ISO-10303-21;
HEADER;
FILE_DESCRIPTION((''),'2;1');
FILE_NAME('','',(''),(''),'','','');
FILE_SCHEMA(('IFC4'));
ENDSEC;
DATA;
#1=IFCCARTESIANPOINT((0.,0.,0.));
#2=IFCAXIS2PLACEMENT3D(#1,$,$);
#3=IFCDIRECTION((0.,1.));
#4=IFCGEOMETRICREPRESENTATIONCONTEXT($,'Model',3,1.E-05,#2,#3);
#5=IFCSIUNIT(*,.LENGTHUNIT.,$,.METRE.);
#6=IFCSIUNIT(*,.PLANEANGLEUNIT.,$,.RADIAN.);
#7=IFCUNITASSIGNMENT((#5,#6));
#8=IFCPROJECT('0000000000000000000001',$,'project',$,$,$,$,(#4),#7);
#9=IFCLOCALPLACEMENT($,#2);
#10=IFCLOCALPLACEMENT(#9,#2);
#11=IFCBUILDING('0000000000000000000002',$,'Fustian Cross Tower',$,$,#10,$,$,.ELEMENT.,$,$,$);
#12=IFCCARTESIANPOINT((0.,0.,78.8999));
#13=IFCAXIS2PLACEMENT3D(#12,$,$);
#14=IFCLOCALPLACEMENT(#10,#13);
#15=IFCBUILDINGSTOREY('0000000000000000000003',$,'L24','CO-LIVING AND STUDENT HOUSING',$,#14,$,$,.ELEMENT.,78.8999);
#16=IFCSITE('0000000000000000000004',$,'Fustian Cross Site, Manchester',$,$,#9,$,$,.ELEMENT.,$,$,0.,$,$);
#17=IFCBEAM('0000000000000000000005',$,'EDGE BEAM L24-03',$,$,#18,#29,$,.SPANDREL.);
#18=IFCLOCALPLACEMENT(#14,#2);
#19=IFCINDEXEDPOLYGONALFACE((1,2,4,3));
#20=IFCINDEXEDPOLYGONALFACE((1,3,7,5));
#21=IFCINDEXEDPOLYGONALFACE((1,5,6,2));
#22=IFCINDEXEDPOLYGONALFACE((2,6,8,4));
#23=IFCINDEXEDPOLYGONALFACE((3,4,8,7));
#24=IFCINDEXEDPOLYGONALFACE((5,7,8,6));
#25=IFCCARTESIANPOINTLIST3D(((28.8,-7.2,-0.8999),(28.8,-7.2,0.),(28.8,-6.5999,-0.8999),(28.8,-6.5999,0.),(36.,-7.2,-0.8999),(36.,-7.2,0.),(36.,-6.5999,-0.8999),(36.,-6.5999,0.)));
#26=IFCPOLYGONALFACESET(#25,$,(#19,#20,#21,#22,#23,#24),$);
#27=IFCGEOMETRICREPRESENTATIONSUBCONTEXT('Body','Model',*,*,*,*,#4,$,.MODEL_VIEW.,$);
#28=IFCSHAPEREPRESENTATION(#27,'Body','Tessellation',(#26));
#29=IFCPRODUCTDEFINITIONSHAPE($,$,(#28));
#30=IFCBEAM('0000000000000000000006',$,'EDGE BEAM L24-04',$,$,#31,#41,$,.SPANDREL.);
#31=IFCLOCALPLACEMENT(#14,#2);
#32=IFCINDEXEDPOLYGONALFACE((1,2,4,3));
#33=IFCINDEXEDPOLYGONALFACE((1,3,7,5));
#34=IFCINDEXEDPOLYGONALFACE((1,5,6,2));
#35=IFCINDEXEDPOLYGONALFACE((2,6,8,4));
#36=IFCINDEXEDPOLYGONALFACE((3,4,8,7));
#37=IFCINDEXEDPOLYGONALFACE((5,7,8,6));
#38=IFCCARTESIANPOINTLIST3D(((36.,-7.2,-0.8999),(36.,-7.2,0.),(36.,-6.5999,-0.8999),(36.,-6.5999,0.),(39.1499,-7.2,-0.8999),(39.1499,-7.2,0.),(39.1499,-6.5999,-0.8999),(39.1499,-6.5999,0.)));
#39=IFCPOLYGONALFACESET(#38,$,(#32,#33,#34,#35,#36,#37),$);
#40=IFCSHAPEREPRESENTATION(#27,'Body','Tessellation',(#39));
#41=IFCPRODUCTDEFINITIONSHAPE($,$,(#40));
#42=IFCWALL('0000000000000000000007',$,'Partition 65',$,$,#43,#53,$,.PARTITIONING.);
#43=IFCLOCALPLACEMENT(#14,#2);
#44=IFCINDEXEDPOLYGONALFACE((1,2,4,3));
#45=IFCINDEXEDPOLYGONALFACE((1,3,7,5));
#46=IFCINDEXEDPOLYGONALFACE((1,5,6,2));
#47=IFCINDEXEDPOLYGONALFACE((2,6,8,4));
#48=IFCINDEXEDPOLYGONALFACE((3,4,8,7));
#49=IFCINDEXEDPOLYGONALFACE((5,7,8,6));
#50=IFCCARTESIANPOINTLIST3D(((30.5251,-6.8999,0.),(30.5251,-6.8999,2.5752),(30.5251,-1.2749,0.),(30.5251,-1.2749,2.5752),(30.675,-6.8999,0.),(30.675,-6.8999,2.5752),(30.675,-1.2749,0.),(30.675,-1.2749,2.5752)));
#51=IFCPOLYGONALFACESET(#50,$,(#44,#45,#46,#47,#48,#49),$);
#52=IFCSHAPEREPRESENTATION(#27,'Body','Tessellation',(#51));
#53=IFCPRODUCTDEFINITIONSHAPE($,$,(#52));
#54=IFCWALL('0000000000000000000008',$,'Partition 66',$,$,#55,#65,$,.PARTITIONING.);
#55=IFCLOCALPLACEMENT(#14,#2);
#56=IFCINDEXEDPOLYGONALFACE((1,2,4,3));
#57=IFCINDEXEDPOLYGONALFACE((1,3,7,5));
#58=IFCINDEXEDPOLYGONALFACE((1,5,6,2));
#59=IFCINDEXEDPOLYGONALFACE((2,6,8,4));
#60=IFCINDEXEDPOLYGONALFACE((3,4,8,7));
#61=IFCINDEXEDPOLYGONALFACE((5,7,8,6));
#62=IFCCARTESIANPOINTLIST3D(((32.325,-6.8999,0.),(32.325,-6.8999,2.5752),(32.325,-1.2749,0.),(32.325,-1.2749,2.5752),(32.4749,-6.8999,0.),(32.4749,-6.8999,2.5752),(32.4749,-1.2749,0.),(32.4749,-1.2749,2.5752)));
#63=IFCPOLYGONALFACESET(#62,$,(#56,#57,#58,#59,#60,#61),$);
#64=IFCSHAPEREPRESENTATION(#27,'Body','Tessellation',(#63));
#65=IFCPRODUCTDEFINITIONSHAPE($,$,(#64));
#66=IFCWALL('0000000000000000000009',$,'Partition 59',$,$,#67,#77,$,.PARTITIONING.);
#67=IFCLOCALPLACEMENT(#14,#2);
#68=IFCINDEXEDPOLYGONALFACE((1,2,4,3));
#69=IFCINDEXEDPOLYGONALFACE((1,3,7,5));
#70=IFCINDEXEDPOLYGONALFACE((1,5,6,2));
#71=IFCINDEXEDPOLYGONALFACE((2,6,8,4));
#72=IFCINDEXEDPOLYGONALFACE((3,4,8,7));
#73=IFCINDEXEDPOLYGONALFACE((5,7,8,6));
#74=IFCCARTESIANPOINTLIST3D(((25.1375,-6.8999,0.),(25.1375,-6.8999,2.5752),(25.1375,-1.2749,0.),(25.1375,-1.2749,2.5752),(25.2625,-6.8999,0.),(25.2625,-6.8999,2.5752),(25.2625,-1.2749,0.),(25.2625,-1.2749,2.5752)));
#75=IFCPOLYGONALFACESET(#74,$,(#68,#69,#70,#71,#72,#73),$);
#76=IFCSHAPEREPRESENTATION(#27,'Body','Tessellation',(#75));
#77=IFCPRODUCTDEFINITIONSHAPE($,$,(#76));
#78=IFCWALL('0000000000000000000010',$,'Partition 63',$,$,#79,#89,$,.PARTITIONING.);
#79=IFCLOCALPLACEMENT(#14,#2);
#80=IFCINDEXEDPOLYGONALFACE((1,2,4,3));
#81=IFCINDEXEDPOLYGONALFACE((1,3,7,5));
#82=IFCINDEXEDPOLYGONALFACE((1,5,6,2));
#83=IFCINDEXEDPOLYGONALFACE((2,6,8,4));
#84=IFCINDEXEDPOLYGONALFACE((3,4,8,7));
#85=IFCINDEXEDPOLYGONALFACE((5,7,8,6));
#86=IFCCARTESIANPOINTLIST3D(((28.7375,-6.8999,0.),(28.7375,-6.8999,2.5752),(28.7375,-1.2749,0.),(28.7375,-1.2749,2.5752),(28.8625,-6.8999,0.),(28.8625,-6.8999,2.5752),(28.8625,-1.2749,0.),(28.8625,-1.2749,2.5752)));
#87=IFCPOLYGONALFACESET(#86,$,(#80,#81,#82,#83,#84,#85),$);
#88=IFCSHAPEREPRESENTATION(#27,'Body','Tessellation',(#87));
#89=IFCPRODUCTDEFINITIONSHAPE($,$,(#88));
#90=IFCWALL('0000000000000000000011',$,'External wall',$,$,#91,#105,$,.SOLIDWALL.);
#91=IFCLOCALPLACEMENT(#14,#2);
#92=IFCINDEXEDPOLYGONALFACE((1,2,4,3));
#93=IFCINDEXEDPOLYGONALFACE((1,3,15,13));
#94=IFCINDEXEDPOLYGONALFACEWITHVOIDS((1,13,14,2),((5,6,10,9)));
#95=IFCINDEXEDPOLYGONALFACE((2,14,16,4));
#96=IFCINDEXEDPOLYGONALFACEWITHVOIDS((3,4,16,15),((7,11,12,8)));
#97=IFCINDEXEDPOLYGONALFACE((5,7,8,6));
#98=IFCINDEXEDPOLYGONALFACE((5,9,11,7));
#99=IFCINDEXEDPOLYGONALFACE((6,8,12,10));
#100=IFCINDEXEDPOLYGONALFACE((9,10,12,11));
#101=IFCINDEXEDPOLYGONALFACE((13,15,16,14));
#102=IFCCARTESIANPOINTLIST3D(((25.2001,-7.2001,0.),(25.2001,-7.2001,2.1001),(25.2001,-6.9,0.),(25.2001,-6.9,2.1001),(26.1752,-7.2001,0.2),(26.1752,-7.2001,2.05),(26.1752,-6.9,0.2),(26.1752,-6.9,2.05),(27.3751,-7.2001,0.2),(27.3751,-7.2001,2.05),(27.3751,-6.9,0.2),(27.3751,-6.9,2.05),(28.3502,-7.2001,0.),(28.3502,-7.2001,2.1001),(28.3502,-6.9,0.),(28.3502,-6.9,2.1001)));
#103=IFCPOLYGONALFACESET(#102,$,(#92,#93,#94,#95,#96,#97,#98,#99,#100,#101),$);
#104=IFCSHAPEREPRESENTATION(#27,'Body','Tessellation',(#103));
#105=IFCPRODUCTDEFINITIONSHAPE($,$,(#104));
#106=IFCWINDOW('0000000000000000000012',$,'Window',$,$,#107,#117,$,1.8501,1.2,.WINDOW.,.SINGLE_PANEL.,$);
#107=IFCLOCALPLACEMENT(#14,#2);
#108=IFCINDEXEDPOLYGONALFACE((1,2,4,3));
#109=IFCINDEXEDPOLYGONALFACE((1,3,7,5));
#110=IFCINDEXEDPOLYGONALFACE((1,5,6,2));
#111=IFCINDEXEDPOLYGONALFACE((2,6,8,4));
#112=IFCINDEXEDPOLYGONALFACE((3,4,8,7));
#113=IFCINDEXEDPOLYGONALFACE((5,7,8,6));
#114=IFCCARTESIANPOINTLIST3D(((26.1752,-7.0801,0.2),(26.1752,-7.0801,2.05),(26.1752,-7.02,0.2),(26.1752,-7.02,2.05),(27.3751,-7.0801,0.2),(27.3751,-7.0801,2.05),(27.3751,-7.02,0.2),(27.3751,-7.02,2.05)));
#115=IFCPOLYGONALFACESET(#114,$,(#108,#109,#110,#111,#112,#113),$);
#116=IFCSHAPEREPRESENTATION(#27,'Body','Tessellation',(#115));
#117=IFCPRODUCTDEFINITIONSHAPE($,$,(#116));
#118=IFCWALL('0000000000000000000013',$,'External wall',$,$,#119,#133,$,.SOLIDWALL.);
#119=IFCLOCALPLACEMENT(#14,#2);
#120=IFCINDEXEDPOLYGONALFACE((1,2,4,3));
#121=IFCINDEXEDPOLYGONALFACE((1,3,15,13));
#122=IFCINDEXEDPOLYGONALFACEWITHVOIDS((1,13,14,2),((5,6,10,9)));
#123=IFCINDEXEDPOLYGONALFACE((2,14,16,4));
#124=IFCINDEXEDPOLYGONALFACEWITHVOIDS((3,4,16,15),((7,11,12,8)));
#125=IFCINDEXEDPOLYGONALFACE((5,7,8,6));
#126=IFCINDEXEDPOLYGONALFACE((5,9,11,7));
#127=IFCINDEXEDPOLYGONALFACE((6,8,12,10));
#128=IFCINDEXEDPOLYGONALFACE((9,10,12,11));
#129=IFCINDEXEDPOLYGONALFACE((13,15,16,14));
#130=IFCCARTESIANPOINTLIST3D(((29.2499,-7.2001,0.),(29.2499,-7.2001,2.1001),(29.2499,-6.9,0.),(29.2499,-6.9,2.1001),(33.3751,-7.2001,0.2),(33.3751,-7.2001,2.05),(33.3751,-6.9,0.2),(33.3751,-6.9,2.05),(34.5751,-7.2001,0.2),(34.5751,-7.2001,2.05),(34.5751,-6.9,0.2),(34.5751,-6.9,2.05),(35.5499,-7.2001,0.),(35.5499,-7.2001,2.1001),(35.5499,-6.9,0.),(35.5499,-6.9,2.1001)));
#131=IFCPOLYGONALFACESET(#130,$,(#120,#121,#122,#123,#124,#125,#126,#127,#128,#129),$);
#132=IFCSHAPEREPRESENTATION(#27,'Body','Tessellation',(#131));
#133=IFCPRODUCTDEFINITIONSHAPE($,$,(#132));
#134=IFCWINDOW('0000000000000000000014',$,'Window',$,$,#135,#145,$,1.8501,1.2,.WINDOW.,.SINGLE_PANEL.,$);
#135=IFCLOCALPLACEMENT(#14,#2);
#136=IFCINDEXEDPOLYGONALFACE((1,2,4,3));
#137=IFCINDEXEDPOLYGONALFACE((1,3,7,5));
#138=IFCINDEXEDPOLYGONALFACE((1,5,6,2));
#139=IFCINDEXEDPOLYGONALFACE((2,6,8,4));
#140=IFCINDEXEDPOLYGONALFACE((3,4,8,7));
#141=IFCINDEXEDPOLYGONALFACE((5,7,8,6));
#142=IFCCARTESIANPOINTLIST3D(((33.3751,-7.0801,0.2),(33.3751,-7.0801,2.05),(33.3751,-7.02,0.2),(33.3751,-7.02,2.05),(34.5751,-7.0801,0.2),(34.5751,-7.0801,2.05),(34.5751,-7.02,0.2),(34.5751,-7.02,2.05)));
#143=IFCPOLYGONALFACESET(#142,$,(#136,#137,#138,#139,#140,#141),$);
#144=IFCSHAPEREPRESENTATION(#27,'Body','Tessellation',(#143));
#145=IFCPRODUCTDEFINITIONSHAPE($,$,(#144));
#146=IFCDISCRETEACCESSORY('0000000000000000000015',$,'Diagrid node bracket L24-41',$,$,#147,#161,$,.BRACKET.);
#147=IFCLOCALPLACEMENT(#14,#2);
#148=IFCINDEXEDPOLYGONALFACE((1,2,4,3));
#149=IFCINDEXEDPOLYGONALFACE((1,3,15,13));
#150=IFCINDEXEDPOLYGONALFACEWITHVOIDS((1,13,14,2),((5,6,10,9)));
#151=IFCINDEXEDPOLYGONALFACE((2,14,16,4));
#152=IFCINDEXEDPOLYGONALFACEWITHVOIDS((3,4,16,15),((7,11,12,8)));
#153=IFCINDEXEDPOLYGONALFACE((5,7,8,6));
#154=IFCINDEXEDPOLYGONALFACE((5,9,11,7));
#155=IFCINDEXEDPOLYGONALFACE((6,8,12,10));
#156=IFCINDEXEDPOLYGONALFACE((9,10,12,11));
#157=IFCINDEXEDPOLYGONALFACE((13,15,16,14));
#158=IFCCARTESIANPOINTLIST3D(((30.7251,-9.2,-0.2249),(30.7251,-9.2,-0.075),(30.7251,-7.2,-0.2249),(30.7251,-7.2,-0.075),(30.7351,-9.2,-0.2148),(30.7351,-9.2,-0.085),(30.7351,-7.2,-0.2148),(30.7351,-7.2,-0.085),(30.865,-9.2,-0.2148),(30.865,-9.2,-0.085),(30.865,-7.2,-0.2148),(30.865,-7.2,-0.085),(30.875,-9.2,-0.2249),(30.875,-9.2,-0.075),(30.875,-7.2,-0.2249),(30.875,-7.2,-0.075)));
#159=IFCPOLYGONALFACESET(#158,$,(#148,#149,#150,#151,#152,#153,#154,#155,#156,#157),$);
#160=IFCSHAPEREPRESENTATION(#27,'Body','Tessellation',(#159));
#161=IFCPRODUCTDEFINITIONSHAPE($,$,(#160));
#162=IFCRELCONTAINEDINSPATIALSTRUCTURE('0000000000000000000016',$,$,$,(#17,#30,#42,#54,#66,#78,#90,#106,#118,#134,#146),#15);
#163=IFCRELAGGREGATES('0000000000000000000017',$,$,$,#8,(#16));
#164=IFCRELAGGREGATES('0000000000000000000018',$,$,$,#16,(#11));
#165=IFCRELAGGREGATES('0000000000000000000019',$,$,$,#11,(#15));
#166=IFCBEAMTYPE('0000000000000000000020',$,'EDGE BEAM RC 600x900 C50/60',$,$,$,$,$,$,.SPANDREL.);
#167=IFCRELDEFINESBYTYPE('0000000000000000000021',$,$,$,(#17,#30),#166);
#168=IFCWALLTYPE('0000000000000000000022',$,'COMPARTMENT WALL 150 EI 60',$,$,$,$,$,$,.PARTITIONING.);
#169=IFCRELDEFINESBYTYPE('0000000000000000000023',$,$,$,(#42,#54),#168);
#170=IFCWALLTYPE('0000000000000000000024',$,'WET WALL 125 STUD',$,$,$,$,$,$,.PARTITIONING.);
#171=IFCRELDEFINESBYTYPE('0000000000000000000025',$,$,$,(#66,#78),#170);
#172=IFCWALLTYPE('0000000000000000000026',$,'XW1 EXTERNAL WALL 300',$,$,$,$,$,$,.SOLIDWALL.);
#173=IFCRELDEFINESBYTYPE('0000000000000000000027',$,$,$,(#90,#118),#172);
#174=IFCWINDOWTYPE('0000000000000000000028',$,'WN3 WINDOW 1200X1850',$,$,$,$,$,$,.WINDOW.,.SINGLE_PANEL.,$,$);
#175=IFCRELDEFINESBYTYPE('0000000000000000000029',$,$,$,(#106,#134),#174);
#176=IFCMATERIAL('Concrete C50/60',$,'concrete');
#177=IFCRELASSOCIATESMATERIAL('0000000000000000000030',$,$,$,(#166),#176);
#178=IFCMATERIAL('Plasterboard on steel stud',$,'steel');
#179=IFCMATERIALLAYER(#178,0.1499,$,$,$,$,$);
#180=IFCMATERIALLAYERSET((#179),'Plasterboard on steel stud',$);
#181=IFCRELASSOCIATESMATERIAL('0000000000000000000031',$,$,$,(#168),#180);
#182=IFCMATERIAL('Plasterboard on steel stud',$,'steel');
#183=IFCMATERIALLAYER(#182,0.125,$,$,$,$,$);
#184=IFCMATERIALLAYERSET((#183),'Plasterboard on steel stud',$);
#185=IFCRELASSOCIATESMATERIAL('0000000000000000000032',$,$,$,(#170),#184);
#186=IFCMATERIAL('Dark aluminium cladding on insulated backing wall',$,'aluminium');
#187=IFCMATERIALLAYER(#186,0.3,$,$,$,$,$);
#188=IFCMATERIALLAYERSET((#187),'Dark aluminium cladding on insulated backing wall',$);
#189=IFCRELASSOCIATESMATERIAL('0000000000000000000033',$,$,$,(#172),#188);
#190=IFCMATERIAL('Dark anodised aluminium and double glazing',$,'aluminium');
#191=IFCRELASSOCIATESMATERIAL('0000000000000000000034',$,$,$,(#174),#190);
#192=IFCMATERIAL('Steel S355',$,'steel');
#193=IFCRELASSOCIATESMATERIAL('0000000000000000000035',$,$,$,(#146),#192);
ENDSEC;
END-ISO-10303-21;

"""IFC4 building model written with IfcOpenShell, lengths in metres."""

from ifc_helpers import new_model, si_unit, direction, frame, frame_2d, origin, origin_2d, place, context, subcontext, project, spatial, rectangle, hollow_rectangle, extrude, material, layer, layer_set, material_profile, profile_set, type_object, element, fill, save


model = new_model("IFC4")

# Units and contexts
model_context = context("Model", 3, precision=1e-05, world=origin(), true_north=direction((0.0, 1.0)))
body_context = subcontext(model_context, "Body", "Model", "MODEL_VIEW")
ifc_project = project(units=[si_unit("LENGTHUNIT", "METRE"), si_unit("PLANEANGLEUNIT", "RADIAN")], contexts=[model_context])

# Site, building, storey
site_placement = place(None, origin())
site = spatial("IfcSite", under=ifc_project, at=site_placement, Name="Fustian Cross Site, Manchester", CompositionType="ELEMENT", RefElevation=0.0)
building_placement = place(site_placement, origin())
building = spatial("IfcBuilding", under=site, at=building_placement, Name="Fustian Cross Tower", CompositionType="ELEMENT")
storey_placement = place(building_placement, frame((0.0, 0.0, 78.8999)))
storey = spatial("IfcBuildingStorey", under=building, at=storey_placement, Name="L24", Description="CO-LIVING AND STUDENT HOUSING", CompositionType="ELEMENT", Elevation=78.8999)

# Beams
ifc_material_1 = material(Name="Concrete C50/60", Category="concrete")
ifc_material_profile_1 = material_profile(ifc_material_1, rectangle(XDim=0.6001, YDim=0.8999, at=origin_2d()), Name="RC 600x900")
ifc_profile_set_1 = profile_set([ifc_material_profile_1], Name="Concrete C50/60")
beam_type = type_object("IfcBeamType", Name="EDGE BEAM RC 600x900 C50/60", PredefinedType="SPANDREL", material=ifc_profile_set_1)
beam_1_placement = place(storey_placement, frame((28.8, -6.8999, -0.45), z_axis=(1.0, 0.0, 0.0), x_axis=(0.0, 1.0, 0.0)))
element("IfcBeam", 1, at=beam_1_placement, inside=storey, type_object=beam_type, Name="EDGE BEAM L24-03", PredefinedType="SPANDREL", context=body_context, shape_type="SweptSolid", body=[
    extrude(rectangle(XDim=0.6001, YDim=0.8999, at=origin_2d()), origin(), (0.0, 0.0, 1.0), 7.2),
])
beam_2_placement = place(storey_placement, frame((36.0, -6.8999, -0.45), z_axis=(1.0, 0.0, 0.0), x_axis=(0.0, 1.0, 0.0)))
element("IfcBeam", 2, at=beam_2_placement, inside=storey, type_object=beam_type, Name="EDGE BEAM L24-04", PredefinedType="SPANDREL", context=body_context, shape_type="SweptSolid", body=[
    extrude(rectangle(XDim=0.6001, YDim=0.8999, at=origin_2d()), origin(), (0.0, 0.0, 1.0), 3.1499),
])

# Walls
ifc_material_2 = material(Name="Plasterboard on steel stud", Category="steel")
ifc_layer_1 = layer(ifc_material_2, 0.1499)
ifc_layer_set_1 = layer_set([ifc_layer_1], Name="Plasterboard on steel stud")
wall_type_1 = type_object("IfcWallType", Name="COMPARTMENT WALL 150 EI 60", PredefinedType="PARTITIONING", material=ifc_layer_set_1)
for number, where, z_axis, x_axis, name in (
    (3, (30.6001, -6.8999, 0.0), (0.0, 0.0, 1.0), (0.0, 1.0, 0.0), "Partition 65"),
    (4, (32.3999, -6.8999, 0.0), (0.0, 0.0, 1.0), (0.0, 1.0, 0.0), "Partition 66"),
):
    element("IfcWall", number, at=place(storey_placement, frame(where, z_axis=z_axis, x_axis=x_axis)), inside=storey, type_object=wall_type_1, Name=name, PredefinedType="PARTITIONING", context=body_context, shape_type="SweptSolid", body=[
        extrude(rectangle(XDim=5.625, YDim=0.1499, at=frame_2d((2.8125, 0.0))), origin(), (0.0, 0.0, 1.0), 2.5752),
    ])
ifc_material_3 = material(Name="Plasterboard on steel stud", Category="steel")
ifc_layer_2 = layer(ifc_material_3, 0.125)
ifc_layer_set_2 = layer_set([ifc_layer_2], Name="Plasterboard on steel stud")
wall_type_2 = type_object("IfcWallType", Name="WET WALL 125 STUD", PredefinedType="PARTITIONING", material=ifc_layer_set_2)
for number, where, z_axis, x_axis, name in (
    (5, (25.2, -6.8999, 0.0), (0.0, 0.0, 1.0), (0.0, 1.0, 0.0), "Partition 59"),
    (6, (28.8, -6.8999, 0.0), (0.0, 0.0, 1.0), (0.0, 1.0, 0.0), "Partition 63"),
):
    element("IfcWall", number, at=place(storey_placement, frame(where, z_axis=z_axis, x_axis=x_axis)), inside=storey, type_object=wall_type_2, Name=name, PredefinedType="PARTITIONING", context=body_context, shape_type="SweptSolid", body=[
        extrude(rectangle(XDim=5.625, YDim=0.125, at=frame_2d((2.8125, 0.0))), origin(), (0.0, 0.0, 1.0), 2.5752),
    ])

# Walls, openings, windows
ifc_material_4 = material(Name="Dark aluminium cladding on insulated backing wall", Category="aluminium")
ifc_layer_3 = layer(ifc_material_4, 0.3)
ifc_layer_set_3 = layer_set([ifc_layer_3], Name="Dark aluminium cladding on insulated backing wall")
wall_type_3 = type_object("IfcWallType", Name="XW1 EXTERNAL WALL 300", PredefinedType="SOLIDWALL", material=ifc_layer_set_3)
wall_1_placement = place(storey_placement, frame((25.2, -7.05, 0.0), z_axis=(0.0, 0.0, 1.0), x_axis=(1.0, 0.0, 0.0)))
wall_1 = element("IfcWall", 7, at=wall_1_placement, inside=storey, type_object=wall_type_3, Name="External wall", PredefinedType="SOLIDWALL", context=body_context, shape_type="SweptSolid", body=[
    extrude(rectangle(XDim=3.1501, YDim=0.3, at=frame_2d((1.5752, 0.0))), origin(), (0.0, 0.0, 1.0), 2.1001),
])
opening_1_placement = place(wall_1_placement, frame((0.9751, 0.0, 0.2)))
opening_1 = element("IfcOpeningElement", 8, at=opening_1_placement, cuts=wall_1, PredefinedType="OPENING", context=body_context, shape_type="SweptSolid", body=[
    extrude(rectangle(XDim=1.2, YDim=1.8501, at=frame_2d((0.6001, 0.925))), frame((0.0, 0.1599, 0.0), z_axis=(0.0, -1.0, 0.0), x_axis=(1.0, 0.0, 0.0)), (0.0, 0.0, 1.0), 0.3201),
])
ifc_material_5 = material(Name="Dark anodised aluminium and double glazing", Category="aluminium")
window_type = type_object("IfcWindowType", Name="WN3 WINDOW 1200X1850", PartitioningType="SINGLE_PANEL", PredefinedType="WINDOW", material=ifc_material_5)
window_1_placement = place(opening_1_placement, origin())
window_1 = element("IfcWindow", 9, at=window_1_placement, inside=storey, type_object=window_type, Name="Window", OverallHeight=1.8501, OverallWidth=1.2, PartitioningType="SINGLE_PANEL", PredefinedType="WINDOW", context=body_context, shape_type="SweptSolid", body=[
    extrude(rectangle(XDim=1.2, YDim=1.8501, at=frame_2d((0.6001, 0.925))), frame((0.0, 0.03, 0.0), z_axis=(0.0, -1.0, 0.0), x_axis=(1.0, 0.0, 0.0)), (0.0, 0.0, 1.0), 0.0601),
])
fill(opening_1, window_1)
wall_2_placement = place(storey_placement, frame((29.25, -7.05, 0.0), z_axis=(0.0, 0.0, 1.0), x_axis=(1.0, 0.0, 0.0)))
wall_2 = element("IfcWall", 10, at=wall_2_placement, inside=storey, type_object=wall_type_3, Name="External wall", PredefinedType="SOLIDWALL", context=body_context, shape_type="SweptSolid", body=[
    extrude(rectangle(XDim=6.3, YDim=0.3, at=frame_2d((3.1499, 0.0))), origin(), (0.0, 0.0, 1.0), 2.1001),
])
opening_2_placement = place(wall_2_placement, frame((4.125, 0.0, 0.2)))
opening_2 = element("IfcOpeningElement", 11, at=opening_2_placement, cuts=wall_2, PredefinedType="OPENING", context=body_context, shape_type="SweptSolid", body=[
    extrude(rectangle(XDim=1.2, YDim=1.8501, at=frame_2d((0.6001, 0.925))), frame((0.0, 0.1599, 0.0), z_axis=(0.0, -1.0, 0.0), x_axis=(1.0, 0.0, 0.0)), (0.0, 0.0, 1.0), 0.3201),
])
window_2_placement = place(opening_2_placement, origin())
window_2 = element("IfcWindow", 12, at=window_2_placement, inside=storey, type_object=window_type, Name="Window", OverallHeight=1.8501, OverallWidth=1.2, PartitioningType="SINGLE_PANEL", PredefinedType="WINDOW", context=body_context, shape_type="SweptSolid", body=[
    extrude(rectangle(XDim=1.2, YDim=1.8501, at=frame_2d((0.6001, 0.925))), frame((0.0, 0.03, 0.0), z_axis=(0.0, -1.0, 0.0), x_axis=(1.0, 0.0, 0.0)), (0.0, 0.0, 1.0), 0.0601),
])
fill(opening_2, window_2)

# Discrete accessory
ifc_material_6 = material(Name="Steel S355", Category="steel")
discrete_accessory_placement = place(storey_placement, frame((30.8, -9.2, -0.1499), z_axis=(0.0, 1.0, 0.0), x_axis=(-1.0, 0.0, 0.0)))
element("IfcDiscreteAccessory", 13, at=discrete_accessory_placement, inside=storey, material=ifc_material_6, Name="Diagrid node bracket L24-41", PredefinedType="BRACKET", context=body_context, shape_type="SweptSolid", body=[
    extrude(hollow_rectangle(XDim=0.1499, YDim=0.1499, WallThickness=0.01, at=origin_2d()), origin(), (0.0, 0.0, 1.0), 2.0),
])

save(model, "model.ifc")
